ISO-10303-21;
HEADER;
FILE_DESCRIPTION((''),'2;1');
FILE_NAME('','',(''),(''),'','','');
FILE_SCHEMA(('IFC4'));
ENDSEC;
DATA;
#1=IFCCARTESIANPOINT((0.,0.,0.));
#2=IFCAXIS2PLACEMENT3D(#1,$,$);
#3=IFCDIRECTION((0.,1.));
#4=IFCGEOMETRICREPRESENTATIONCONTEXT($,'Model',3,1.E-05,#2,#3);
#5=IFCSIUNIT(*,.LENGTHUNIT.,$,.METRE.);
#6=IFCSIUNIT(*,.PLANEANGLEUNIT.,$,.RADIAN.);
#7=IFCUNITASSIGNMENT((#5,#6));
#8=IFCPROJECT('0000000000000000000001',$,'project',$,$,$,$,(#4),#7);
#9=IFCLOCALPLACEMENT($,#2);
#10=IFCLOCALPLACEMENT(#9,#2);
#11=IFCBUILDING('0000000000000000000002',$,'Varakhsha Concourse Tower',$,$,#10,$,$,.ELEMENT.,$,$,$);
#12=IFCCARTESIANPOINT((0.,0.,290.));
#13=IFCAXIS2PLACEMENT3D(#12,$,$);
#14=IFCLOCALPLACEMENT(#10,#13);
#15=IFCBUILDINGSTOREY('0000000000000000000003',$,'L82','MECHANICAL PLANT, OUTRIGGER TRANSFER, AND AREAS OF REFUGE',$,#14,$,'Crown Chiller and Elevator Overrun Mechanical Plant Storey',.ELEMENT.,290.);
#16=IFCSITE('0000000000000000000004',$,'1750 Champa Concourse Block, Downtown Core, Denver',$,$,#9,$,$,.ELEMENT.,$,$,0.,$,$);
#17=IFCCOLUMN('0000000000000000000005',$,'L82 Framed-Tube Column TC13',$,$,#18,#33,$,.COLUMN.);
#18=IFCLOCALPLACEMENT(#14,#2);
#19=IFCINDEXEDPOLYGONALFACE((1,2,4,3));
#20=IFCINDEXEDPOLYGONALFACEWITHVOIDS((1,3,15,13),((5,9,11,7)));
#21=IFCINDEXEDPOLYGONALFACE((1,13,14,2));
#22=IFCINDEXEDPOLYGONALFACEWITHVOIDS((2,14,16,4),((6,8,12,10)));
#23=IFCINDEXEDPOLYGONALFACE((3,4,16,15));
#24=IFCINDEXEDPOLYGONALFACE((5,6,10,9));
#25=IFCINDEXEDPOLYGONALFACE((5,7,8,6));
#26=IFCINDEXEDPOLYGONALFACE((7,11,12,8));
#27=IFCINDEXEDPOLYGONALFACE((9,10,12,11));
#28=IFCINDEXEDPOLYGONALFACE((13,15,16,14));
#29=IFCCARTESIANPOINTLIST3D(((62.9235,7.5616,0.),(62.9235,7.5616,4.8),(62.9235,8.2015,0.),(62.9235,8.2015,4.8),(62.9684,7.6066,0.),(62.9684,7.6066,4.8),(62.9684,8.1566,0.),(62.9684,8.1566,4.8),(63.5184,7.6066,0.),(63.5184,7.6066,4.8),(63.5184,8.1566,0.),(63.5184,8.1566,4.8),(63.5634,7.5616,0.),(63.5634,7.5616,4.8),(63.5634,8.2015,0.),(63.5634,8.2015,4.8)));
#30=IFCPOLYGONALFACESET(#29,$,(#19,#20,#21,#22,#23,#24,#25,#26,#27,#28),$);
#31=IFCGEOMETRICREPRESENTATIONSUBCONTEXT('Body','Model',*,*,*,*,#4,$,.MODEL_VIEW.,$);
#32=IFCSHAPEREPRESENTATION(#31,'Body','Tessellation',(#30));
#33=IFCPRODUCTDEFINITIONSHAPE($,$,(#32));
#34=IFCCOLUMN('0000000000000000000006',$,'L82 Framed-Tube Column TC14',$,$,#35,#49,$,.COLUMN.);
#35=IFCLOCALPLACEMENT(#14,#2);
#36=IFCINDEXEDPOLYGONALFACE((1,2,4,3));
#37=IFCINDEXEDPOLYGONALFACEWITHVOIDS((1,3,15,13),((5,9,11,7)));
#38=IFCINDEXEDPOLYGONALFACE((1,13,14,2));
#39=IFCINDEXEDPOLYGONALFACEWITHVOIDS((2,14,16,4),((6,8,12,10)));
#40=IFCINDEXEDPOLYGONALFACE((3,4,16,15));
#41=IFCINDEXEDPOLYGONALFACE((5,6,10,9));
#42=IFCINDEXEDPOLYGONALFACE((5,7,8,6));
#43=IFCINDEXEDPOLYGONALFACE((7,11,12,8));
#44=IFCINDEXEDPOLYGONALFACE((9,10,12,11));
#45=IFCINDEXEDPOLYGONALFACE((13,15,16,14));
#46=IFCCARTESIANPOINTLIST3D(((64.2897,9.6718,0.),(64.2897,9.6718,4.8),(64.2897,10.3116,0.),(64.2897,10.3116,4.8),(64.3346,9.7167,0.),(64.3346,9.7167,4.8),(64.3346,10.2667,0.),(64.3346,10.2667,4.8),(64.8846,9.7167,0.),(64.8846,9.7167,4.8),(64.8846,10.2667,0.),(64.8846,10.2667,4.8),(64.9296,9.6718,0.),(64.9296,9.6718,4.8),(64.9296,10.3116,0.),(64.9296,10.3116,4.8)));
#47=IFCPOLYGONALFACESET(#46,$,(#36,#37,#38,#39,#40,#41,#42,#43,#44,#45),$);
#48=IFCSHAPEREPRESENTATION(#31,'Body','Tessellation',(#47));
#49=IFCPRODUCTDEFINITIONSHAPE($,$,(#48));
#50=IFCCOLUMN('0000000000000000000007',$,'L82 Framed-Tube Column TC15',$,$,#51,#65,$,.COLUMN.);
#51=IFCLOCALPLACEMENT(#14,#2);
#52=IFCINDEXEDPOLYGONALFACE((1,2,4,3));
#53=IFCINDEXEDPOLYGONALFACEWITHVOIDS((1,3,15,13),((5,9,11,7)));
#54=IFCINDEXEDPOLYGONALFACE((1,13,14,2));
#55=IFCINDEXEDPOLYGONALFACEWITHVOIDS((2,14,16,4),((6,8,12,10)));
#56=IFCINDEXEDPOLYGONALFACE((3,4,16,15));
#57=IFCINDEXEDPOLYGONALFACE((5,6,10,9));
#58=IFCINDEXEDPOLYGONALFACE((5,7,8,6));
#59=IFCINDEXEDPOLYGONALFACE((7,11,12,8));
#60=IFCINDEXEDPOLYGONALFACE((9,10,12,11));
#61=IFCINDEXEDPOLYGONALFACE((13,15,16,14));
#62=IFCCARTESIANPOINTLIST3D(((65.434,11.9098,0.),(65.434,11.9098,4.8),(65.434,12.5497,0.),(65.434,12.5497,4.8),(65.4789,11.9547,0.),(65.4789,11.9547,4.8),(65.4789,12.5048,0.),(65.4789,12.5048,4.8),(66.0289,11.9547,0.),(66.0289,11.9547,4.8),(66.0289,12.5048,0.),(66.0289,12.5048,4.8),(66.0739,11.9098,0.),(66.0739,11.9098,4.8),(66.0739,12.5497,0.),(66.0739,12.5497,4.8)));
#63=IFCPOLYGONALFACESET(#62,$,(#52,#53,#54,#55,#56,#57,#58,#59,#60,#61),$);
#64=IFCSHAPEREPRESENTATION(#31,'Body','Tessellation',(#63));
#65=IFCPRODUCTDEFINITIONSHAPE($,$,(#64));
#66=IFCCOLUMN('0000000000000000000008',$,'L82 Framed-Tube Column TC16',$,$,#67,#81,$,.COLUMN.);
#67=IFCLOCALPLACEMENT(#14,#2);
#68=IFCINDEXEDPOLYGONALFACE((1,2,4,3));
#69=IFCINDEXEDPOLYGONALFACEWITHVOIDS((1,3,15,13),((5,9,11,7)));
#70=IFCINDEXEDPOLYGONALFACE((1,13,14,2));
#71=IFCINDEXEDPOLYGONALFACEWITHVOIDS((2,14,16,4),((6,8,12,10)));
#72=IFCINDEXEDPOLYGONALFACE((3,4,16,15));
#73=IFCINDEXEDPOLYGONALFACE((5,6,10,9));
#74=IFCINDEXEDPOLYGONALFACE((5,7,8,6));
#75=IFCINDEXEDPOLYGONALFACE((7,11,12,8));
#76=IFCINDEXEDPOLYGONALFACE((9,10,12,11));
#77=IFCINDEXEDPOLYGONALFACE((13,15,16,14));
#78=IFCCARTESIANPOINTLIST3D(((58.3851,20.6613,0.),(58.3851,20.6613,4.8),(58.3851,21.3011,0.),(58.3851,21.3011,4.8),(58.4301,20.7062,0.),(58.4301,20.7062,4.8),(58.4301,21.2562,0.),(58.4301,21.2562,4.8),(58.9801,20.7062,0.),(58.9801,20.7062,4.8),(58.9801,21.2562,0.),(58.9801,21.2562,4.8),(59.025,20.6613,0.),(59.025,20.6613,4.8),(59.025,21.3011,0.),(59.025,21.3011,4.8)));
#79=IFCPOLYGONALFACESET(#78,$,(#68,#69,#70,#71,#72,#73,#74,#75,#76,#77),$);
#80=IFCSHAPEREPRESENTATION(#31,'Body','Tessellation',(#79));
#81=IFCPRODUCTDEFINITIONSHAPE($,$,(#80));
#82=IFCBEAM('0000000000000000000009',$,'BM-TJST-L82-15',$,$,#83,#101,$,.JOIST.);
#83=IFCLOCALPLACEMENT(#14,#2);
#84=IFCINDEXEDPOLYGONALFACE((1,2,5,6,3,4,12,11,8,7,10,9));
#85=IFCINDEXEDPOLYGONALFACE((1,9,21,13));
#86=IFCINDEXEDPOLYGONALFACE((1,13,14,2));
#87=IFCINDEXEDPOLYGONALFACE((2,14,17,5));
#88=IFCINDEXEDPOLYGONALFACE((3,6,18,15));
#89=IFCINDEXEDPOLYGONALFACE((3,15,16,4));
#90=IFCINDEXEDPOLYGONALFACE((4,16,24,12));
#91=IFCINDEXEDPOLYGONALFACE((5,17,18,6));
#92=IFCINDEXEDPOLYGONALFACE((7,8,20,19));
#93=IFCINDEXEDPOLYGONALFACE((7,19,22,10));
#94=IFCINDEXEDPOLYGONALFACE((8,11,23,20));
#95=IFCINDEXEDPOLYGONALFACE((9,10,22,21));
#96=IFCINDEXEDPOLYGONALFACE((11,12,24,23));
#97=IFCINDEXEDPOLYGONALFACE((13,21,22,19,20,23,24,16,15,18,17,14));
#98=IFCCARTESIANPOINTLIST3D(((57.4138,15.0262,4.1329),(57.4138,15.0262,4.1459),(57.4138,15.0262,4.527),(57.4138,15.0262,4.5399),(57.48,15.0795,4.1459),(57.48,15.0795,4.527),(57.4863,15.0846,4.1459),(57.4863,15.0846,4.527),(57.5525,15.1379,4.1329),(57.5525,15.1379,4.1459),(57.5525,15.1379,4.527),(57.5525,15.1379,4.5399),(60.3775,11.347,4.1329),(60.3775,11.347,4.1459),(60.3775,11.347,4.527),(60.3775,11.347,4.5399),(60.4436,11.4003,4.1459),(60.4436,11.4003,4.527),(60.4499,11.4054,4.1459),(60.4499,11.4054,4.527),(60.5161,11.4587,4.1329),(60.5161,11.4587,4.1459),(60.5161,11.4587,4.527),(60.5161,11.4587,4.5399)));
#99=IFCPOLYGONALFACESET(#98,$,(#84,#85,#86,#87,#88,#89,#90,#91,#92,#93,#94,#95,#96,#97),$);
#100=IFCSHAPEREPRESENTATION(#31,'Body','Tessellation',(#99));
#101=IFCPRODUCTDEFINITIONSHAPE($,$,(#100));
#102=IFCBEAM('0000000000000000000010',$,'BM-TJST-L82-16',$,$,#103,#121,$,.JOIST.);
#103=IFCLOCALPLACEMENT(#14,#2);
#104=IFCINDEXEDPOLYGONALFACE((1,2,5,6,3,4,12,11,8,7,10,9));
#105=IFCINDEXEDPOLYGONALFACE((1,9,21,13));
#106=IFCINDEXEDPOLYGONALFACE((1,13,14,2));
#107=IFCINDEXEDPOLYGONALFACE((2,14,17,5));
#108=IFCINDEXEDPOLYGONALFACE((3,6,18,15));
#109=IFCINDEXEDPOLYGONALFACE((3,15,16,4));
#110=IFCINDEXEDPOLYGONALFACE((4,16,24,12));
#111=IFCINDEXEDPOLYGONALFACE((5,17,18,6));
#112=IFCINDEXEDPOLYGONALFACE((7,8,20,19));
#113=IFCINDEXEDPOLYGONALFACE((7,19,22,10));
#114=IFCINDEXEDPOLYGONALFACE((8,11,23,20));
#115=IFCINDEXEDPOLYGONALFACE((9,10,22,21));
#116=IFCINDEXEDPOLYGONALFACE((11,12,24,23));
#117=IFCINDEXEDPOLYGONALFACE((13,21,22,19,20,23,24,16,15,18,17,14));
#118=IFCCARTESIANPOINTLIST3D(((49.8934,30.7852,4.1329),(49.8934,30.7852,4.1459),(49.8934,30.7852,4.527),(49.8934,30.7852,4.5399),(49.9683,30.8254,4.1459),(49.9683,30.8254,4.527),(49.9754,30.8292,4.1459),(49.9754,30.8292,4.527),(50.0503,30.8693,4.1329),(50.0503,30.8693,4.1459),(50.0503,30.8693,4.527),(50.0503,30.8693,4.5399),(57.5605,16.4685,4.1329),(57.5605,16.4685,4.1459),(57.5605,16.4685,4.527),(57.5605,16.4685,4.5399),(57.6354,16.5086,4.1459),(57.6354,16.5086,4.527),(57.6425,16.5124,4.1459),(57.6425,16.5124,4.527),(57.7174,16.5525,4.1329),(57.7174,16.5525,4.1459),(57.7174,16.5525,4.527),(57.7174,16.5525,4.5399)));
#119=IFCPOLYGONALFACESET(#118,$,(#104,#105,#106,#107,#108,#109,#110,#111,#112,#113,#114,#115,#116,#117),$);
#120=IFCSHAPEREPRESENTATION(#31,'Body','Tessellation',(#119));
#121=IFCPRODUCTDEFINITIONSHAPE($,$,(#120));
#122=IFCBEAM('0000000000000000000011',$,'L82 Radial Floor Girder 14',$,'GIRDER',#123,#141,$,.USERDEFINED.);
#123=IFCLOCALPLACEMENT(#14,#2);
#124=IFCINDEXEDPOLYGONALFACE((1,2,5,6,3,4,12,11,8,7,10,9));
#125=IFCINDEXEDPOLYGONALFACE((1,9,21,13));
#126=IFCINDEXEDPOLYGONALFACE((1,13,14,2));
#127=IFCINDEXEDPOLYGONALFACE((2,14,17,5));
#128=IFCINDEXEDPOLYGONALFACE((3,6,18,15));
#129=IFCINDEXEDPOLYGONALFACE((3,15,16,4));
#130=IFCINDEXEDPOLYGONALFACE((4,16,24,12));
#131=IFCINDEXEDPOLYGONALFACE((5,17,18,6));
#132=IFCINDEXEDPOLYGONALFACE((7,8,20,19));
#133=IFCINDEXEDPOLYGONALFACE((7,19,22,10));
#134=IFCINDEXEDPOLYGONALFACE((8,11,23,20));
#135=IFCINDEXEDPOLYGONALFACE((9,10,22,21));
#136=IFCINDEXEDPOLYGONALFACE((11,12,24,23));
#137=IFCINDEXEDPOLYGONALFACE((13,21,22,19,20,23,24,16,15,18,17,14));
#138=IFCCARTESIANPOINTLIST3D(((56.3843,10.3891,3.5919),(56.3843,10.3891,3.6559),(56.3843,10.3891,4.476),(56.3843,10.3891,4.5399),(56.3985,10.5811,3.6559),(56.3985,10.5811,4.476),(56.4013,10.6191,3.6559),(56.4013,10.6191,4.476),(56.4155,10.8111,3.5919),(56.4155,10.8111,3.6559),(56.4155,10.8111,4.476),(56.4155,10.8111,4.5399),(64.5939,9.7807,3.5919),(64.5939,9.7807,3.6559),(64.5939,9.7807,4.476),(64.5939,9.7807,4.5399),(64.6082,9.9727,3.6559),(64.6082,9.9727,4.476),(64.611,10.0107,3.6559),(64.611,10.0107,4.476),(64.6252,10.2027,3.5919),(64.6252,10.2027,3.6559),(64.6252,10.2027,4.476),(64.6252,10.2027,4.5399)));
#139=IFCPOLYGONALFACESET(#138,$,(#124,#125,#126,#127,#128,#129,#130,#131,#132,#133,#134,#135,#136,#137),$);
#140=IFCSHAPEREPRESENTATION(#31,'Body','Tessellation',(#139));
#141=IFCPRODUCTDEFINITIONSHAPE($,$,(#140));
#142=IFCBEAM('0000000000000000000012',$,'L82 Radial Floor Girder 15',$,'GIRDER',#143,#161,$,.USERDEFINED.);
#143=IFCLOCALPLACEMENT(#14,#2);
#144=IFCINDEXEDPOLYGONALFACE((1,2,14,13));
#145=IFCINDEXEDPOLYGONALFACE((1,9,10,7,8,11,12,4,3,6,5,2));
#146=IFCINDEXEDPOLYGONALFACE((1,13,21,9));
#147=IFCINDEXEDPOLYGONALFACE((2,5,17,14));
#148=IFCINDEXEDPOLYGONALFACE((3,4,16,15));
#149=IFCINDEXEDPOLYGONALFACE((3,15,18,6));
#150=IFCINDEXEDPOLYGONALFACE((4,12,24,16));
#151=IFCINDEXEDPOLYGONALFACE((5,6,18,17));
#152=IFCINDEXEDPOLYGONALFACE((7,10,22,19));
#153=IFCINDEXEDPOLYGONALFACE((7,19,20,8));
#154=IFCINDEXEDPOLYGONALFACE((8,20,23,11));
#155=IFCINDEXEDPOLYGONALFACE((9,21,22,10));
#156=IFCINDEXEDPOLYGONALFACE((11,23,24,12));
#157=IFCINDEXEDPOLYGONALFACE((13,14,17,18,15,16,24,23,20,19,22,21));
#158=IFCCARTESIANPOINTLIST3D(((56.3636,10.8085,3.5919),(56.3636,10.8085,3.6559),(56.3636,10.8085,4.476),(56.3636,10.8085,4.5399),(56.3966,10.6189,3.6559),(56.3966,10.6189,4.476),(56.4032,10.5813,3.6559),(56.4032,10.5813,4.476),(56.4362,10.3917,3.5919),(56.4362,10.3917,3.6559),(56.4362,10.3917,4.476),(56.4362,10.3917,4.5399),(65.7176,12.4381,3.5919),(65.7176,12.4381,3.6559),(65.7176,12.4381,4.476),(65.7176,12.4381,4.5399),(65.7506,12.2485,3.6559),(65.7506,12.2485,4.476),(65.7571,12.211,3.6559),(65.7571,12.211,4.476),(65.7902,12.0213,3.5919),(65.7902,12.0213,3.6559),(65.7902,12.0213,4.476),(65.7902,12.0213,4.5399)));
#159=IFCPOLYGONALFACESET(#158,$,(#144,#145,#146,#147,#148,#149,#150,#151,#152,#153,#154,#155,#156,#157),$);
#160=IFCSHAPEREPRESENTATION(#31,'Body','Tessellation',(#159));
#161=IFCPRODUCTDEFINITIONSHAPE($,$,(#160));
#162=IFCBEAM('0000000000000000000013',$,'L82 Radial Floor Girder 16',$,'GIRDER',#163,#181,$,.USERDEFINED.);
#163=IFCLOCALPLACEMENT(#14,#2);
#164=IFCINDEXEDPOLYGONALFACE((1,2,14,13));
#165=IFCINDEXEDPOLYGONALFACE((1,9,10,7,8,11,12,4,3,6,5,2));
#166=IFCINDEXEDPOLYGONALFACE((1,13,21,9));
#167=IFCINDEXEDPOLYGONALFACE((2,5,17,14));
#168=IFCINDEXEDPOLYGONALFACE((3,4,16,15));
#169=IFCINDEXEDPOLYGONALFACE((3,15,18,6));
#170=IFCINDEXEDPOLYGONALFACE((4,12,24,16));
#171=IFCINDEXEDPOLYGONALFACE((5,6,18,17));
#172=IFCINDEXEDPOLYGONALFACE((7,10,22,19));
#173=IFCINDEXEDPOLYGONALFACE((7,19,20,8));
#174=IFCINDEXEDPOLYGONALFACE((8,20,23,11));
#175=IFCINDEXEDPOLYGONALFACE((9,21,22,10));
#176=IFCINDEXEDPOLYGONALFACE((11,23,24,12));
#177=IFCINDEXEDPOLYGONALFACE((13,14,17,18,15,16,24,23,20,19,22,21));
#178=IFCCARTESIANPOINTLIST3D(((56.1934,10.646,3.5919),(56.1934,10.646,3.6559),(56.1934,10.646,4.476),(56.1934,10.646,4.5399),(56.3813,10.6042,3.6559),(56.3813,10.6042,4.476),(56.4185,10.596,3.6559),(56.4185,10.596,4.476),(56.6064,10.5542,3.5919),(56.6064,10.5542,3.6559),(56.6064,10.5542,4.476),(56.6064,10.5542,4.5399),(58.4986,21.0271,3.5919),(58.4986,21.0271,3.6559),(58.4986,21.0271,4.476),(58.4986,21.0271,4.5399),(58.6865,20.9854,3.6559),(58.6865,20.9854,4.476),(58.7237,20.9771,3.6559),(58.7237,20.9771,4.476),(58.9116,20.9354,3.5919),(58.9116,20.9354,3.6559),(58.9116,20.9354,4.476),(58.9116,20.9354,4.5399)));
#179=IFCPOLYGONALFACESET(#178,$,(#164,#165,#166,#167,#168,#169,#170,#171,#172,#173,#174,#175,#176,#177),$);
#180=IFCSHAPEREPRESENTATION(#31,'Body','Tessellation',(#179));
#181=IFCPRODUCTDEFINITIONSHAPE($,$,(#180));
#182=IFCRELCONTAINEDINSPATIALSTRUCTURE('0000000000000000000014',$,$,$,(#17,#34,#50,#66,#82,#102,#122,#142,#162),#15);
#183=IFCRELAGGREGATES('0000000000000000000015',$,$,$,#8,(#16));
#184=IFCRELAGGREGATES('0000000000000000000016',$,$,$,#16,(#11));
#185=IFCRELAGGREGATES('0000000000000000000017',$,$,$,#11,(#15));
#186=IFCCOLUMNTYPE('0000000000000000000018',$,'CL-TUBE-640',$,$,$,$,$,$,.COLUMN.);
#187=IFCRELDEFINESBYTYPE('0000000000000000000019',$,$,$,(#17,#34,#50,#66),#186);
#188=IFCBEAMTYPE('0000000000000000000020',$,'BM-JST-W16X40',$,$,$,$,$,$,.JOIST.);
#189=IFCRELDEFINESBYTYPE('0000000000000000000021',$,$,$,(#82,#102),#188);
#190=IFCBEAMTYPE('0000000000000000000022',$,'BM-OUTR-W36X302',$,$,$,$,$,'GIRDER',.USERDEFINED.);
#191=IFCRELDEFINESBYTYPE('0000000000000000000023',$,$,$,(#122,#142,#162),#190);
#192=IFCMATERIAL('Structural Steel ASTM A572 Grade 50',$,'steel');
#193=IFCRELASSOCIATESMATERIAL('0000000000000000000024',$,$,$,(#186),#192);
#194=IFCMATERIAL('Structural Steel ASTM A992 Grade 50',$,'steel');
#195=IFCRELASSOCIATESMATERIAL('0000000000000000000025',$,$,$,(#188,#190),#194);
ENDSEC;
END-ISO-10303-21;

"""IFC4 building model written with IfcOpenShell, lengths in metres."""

from ifc_helpers import new_model, si_unit, direction, frame, origin, origin_2d, place, context, subcontext, project, spatial, hollow_rectangle, i_section, extrude, material, material_profile, profile_set, type_object, element, save


model = new_model("IFC4")

# Units and contexts
model_context = context("Model", 3, precision=1e-05, world=origin(), true_north=direction((0.0, 1.0)))
body_context = subcontext(model_context, "Body", "Model", "MODEL_VIEW")
ifc_project = project(units=[si_unit("LENGTHUNIT", "METRE"), si_unit("PLANEANGLEUNIT", "RADIAN")], contexts=[model_context])

# Site, building, storey
site_placement = place(None, origin())
site = spatial("IfcSite", under=ifc_project, at=site_placement, Name="1750 Champa Concourse Block, Downtown Core, Denver", CompositionType="ELEMENT", RefElevation=0.0)
building_placement = place(site_placement, origin())
building = spatial("IfcBuilding", under=site, at=building_placement, Name="Varakhsha Concourse Tower", CompositionType="ELEMENT")
storey_placement = place(building_placement, frame((0.0, 0.0, 290.0)))
storey = spatial("IfcBuildingStorey", under=building, at=storey_placement, Name="L82", Description="MECHANICAL PLANT, OUTRIGGER TRANSFER, AND AREAS OF REFUGE", LongName="Crown Chiller and Elevator Overrun Mechanical Plant Storey", CompositionType="ELEMENT", Elevation=290.0)

# Columns
ifc_material_1 = material(Name="Structural Steel ASTM A572 Grade 50", Category="steel")
ifc_material_profile_1 = material_profile(ifc_material_1, hollow_rectangle(XDim=0.6399, YDim=0.6399, WallThickness=0.0449, at=origin_2d()), Name="BOX 640x640x45")
ifc_profile_set_1 = profile_set([ifc_material_profile_1], Name="Structural Steel ASTM A572 Grade 50")
column_type = type_object("IfcColumnType", Name="CL-TUBE-640", PredefinedType="COLUMN", material=ifc_profile_set_1)
for number, where, z_axis, x_axis, name in (
    (1, (63.2434, 7.8816, 0.0), (0.0, 0.0, 1.0), (1.0, 0.0, 0.0), "L82 Framed-Tube Column TC13"),
    (2, (64.6096, 9.9917, 0.0), (0.0, 0.0, 1.0), (1.0, 0.0, 0.0), "L82 Framed-Tube Column TC14"),
    (3, (65.7539, 12.2297, 0.0), (0.0, 0.0, 1.0), (1.0, 0.0, 0.0), "L82 Framed-Tube Column TC15"),
    (4, (58.7051, 20.9812, 0.0), (0.0, 0.0, 1.0), (1.0, 0.0, 0.0), "L82 Framed-Tube Column TC16"),
):
    element("IfcColumn", number, at=place(storey_placement, frame(where, z_axis=z_axis, x_axis=x_axis)), inside=storey, type_object=column_type, Name=name, PredefinedType="COLUMN", context=body_context, shape_type="SweptSolid", body=[
        extrude(hollow_rectangle(XDim=0.6399, YDim=0.6399, WallThickness=0.0449, at=origin_2d()), origin(), (0.0, 0.0, 1.0), 4.8),
    ])

# Beams
ifc_material_2 = material(Name="Structural Steel ASTM A992 Grade 50", Category="steel")
ifc_material_profile_2 = material_profile(ifc_material_2, i_section(OverallWidth=0.178, OverallDepth=0.407, WebThickness=0.0081, FlangeThickness=0.0129, at=origin_2d()), Name="W16X40")
ifc_profile_set_2 = profile_set([ifc_material_profile_2], Name="Structural Steel ASTM A992 Grade 50")
beam_type_1 = type_object("IfcBeamType", Name="BM-JST-W16X40", PredefinedType="JOIST", material=ifc_profile_set_2)
beam_1_placement = place(storey_placement, frame((60.4468, 11.4028, 4.3364), z_axis=(-0.627307, 0.778772, 0.0), x_axis=(-0.778772, -0.627307, 0.0)))
element("IfcBeam", 5, at=beam_1_placement, inside=storey, type_object=beam_type_1, Name="BM-TJST-L82-15", PredefinedType="JOIST", context=body_context, shape_type="SweptSolid", body=[
    extrude(i_section(OverallWidth=0.178, OverallDepth=0.407, WebThickness=0.0081, FlangeThickness=0.0129, at=origin_2d()), origin(), (0.0, 0.0, 1.0), 4.7244),
])
beam_2_placement = place(storey_placement, frame((57.6389, 16.5105, 4.3364), z_axis=(-0.472095, 0.881548, 0.0), x_axis=(-0.881548, -0.472095, 0.0)))
element("IfcBeam", 6, at=beam_2_placement, inside=storey, type_object=beam_type_1, Name="BM-TJST-L82-16", PredefinedType="JOIST", context=body_context, shape_type="SweptSolid", body=[
    extrude(i_section(OverallWidth=0.178, OverallDepth=0.407, WebThickness=0.0081, FlangeThickness=0.0129, at=origin_2d()), origin(), (0.0, 0.0, 1.0), 16.2405),
])
ifc_material_profile_3 = material_profile(ifc_material_2, i_section(OverallWidth=0.4231, OverallDepth=0.948, WebThickness=0.0381, FlangeThickness=0.064, at=origin_2d()), Name="W36X302")
ifc_profile_set_3 = profile_set([ifc_material_profile_3], Name="Structural Steel ASTM A992 Grade 50")
beam_type_2 = type_object("IfcBeamType", Name="BM-OUTR-W36X302", ElementType="GIRDER", PredefinedType="USERDEFINED", material=ifc_profile_set_3)
beam_3_placement = place(storey_placement, frame((56.3999, 10.6001, 4.0659), z_axis=(0.997265, -0.073904, 0.0), x_axis=(0.073904, 0.997265, 0.0)))
element("IfcBeam", 7, at=beam_3_placement, inside=storey, type_object=beam_type_2, Name="L82 Radial Floor Girder 14", ObjectType="GIRDER", PredefinedType="USERDEFINED", context=body_context, shape_type="SweptSolid", body=[
    extrude(i_section(OverallWidth=0.4231, OverallDepth=0.948, WebThickness=0.0381, FlangeThickness=0.064, at=origin_2d()), origin(), (0.0, 0.0, 1.0), 8.2322),
])
beam_4_placement = place(storey_placement, frame((56.3999, 10.6001, 4.0659), z_axis=(0.985161, 0.171633, 0.0), x_axis=(-0.171633, 0.985161, 0.0)))
element("IfcBeam", 8, at=beam_4_placement, inside=storey, type_object=beam_type_2, Name="L82 Radial Floor Girder 15", ObjectType="GIRDER", PredefinedType="USERDEFINED", context=body_context, shape_type="SweptSolid", body=[
    extrude(i_section(OverallWidth=0.4231, OverallDepth=0.948, WebThickness=0.0381, FlangeThickness=0.064, at=origin_2d()), origin(), (0.0, 0.0, 1.0), 9.4949),
])
beam_5_placement = place(storey_placement, frame((56.3999, 10.6001, 4.0659), z_axis=(0.216775, 0.976222, 0.0), x_axis=(-0.976222, 0.216775, 0.0)))
element("IfcBeam", 9, at=beam_5_placement, inside=storey, type_object=beam_type_2, Name="L82 Radial Floor Girder 16", ObjectType="GIRDER", PredefinedType="USERDEFINED", context=body_context, shape_type="SweptSolid", body=[
    extrude(i_section(OverallWidth=0.4231, OverallDepth=0.948, WebThickness=0.0381, FlangeThickness=0.064, at=origin_2d()), origin(), (0.0, 0.0, 1.0), 10.634),
])

save(model, "model.ifc")
